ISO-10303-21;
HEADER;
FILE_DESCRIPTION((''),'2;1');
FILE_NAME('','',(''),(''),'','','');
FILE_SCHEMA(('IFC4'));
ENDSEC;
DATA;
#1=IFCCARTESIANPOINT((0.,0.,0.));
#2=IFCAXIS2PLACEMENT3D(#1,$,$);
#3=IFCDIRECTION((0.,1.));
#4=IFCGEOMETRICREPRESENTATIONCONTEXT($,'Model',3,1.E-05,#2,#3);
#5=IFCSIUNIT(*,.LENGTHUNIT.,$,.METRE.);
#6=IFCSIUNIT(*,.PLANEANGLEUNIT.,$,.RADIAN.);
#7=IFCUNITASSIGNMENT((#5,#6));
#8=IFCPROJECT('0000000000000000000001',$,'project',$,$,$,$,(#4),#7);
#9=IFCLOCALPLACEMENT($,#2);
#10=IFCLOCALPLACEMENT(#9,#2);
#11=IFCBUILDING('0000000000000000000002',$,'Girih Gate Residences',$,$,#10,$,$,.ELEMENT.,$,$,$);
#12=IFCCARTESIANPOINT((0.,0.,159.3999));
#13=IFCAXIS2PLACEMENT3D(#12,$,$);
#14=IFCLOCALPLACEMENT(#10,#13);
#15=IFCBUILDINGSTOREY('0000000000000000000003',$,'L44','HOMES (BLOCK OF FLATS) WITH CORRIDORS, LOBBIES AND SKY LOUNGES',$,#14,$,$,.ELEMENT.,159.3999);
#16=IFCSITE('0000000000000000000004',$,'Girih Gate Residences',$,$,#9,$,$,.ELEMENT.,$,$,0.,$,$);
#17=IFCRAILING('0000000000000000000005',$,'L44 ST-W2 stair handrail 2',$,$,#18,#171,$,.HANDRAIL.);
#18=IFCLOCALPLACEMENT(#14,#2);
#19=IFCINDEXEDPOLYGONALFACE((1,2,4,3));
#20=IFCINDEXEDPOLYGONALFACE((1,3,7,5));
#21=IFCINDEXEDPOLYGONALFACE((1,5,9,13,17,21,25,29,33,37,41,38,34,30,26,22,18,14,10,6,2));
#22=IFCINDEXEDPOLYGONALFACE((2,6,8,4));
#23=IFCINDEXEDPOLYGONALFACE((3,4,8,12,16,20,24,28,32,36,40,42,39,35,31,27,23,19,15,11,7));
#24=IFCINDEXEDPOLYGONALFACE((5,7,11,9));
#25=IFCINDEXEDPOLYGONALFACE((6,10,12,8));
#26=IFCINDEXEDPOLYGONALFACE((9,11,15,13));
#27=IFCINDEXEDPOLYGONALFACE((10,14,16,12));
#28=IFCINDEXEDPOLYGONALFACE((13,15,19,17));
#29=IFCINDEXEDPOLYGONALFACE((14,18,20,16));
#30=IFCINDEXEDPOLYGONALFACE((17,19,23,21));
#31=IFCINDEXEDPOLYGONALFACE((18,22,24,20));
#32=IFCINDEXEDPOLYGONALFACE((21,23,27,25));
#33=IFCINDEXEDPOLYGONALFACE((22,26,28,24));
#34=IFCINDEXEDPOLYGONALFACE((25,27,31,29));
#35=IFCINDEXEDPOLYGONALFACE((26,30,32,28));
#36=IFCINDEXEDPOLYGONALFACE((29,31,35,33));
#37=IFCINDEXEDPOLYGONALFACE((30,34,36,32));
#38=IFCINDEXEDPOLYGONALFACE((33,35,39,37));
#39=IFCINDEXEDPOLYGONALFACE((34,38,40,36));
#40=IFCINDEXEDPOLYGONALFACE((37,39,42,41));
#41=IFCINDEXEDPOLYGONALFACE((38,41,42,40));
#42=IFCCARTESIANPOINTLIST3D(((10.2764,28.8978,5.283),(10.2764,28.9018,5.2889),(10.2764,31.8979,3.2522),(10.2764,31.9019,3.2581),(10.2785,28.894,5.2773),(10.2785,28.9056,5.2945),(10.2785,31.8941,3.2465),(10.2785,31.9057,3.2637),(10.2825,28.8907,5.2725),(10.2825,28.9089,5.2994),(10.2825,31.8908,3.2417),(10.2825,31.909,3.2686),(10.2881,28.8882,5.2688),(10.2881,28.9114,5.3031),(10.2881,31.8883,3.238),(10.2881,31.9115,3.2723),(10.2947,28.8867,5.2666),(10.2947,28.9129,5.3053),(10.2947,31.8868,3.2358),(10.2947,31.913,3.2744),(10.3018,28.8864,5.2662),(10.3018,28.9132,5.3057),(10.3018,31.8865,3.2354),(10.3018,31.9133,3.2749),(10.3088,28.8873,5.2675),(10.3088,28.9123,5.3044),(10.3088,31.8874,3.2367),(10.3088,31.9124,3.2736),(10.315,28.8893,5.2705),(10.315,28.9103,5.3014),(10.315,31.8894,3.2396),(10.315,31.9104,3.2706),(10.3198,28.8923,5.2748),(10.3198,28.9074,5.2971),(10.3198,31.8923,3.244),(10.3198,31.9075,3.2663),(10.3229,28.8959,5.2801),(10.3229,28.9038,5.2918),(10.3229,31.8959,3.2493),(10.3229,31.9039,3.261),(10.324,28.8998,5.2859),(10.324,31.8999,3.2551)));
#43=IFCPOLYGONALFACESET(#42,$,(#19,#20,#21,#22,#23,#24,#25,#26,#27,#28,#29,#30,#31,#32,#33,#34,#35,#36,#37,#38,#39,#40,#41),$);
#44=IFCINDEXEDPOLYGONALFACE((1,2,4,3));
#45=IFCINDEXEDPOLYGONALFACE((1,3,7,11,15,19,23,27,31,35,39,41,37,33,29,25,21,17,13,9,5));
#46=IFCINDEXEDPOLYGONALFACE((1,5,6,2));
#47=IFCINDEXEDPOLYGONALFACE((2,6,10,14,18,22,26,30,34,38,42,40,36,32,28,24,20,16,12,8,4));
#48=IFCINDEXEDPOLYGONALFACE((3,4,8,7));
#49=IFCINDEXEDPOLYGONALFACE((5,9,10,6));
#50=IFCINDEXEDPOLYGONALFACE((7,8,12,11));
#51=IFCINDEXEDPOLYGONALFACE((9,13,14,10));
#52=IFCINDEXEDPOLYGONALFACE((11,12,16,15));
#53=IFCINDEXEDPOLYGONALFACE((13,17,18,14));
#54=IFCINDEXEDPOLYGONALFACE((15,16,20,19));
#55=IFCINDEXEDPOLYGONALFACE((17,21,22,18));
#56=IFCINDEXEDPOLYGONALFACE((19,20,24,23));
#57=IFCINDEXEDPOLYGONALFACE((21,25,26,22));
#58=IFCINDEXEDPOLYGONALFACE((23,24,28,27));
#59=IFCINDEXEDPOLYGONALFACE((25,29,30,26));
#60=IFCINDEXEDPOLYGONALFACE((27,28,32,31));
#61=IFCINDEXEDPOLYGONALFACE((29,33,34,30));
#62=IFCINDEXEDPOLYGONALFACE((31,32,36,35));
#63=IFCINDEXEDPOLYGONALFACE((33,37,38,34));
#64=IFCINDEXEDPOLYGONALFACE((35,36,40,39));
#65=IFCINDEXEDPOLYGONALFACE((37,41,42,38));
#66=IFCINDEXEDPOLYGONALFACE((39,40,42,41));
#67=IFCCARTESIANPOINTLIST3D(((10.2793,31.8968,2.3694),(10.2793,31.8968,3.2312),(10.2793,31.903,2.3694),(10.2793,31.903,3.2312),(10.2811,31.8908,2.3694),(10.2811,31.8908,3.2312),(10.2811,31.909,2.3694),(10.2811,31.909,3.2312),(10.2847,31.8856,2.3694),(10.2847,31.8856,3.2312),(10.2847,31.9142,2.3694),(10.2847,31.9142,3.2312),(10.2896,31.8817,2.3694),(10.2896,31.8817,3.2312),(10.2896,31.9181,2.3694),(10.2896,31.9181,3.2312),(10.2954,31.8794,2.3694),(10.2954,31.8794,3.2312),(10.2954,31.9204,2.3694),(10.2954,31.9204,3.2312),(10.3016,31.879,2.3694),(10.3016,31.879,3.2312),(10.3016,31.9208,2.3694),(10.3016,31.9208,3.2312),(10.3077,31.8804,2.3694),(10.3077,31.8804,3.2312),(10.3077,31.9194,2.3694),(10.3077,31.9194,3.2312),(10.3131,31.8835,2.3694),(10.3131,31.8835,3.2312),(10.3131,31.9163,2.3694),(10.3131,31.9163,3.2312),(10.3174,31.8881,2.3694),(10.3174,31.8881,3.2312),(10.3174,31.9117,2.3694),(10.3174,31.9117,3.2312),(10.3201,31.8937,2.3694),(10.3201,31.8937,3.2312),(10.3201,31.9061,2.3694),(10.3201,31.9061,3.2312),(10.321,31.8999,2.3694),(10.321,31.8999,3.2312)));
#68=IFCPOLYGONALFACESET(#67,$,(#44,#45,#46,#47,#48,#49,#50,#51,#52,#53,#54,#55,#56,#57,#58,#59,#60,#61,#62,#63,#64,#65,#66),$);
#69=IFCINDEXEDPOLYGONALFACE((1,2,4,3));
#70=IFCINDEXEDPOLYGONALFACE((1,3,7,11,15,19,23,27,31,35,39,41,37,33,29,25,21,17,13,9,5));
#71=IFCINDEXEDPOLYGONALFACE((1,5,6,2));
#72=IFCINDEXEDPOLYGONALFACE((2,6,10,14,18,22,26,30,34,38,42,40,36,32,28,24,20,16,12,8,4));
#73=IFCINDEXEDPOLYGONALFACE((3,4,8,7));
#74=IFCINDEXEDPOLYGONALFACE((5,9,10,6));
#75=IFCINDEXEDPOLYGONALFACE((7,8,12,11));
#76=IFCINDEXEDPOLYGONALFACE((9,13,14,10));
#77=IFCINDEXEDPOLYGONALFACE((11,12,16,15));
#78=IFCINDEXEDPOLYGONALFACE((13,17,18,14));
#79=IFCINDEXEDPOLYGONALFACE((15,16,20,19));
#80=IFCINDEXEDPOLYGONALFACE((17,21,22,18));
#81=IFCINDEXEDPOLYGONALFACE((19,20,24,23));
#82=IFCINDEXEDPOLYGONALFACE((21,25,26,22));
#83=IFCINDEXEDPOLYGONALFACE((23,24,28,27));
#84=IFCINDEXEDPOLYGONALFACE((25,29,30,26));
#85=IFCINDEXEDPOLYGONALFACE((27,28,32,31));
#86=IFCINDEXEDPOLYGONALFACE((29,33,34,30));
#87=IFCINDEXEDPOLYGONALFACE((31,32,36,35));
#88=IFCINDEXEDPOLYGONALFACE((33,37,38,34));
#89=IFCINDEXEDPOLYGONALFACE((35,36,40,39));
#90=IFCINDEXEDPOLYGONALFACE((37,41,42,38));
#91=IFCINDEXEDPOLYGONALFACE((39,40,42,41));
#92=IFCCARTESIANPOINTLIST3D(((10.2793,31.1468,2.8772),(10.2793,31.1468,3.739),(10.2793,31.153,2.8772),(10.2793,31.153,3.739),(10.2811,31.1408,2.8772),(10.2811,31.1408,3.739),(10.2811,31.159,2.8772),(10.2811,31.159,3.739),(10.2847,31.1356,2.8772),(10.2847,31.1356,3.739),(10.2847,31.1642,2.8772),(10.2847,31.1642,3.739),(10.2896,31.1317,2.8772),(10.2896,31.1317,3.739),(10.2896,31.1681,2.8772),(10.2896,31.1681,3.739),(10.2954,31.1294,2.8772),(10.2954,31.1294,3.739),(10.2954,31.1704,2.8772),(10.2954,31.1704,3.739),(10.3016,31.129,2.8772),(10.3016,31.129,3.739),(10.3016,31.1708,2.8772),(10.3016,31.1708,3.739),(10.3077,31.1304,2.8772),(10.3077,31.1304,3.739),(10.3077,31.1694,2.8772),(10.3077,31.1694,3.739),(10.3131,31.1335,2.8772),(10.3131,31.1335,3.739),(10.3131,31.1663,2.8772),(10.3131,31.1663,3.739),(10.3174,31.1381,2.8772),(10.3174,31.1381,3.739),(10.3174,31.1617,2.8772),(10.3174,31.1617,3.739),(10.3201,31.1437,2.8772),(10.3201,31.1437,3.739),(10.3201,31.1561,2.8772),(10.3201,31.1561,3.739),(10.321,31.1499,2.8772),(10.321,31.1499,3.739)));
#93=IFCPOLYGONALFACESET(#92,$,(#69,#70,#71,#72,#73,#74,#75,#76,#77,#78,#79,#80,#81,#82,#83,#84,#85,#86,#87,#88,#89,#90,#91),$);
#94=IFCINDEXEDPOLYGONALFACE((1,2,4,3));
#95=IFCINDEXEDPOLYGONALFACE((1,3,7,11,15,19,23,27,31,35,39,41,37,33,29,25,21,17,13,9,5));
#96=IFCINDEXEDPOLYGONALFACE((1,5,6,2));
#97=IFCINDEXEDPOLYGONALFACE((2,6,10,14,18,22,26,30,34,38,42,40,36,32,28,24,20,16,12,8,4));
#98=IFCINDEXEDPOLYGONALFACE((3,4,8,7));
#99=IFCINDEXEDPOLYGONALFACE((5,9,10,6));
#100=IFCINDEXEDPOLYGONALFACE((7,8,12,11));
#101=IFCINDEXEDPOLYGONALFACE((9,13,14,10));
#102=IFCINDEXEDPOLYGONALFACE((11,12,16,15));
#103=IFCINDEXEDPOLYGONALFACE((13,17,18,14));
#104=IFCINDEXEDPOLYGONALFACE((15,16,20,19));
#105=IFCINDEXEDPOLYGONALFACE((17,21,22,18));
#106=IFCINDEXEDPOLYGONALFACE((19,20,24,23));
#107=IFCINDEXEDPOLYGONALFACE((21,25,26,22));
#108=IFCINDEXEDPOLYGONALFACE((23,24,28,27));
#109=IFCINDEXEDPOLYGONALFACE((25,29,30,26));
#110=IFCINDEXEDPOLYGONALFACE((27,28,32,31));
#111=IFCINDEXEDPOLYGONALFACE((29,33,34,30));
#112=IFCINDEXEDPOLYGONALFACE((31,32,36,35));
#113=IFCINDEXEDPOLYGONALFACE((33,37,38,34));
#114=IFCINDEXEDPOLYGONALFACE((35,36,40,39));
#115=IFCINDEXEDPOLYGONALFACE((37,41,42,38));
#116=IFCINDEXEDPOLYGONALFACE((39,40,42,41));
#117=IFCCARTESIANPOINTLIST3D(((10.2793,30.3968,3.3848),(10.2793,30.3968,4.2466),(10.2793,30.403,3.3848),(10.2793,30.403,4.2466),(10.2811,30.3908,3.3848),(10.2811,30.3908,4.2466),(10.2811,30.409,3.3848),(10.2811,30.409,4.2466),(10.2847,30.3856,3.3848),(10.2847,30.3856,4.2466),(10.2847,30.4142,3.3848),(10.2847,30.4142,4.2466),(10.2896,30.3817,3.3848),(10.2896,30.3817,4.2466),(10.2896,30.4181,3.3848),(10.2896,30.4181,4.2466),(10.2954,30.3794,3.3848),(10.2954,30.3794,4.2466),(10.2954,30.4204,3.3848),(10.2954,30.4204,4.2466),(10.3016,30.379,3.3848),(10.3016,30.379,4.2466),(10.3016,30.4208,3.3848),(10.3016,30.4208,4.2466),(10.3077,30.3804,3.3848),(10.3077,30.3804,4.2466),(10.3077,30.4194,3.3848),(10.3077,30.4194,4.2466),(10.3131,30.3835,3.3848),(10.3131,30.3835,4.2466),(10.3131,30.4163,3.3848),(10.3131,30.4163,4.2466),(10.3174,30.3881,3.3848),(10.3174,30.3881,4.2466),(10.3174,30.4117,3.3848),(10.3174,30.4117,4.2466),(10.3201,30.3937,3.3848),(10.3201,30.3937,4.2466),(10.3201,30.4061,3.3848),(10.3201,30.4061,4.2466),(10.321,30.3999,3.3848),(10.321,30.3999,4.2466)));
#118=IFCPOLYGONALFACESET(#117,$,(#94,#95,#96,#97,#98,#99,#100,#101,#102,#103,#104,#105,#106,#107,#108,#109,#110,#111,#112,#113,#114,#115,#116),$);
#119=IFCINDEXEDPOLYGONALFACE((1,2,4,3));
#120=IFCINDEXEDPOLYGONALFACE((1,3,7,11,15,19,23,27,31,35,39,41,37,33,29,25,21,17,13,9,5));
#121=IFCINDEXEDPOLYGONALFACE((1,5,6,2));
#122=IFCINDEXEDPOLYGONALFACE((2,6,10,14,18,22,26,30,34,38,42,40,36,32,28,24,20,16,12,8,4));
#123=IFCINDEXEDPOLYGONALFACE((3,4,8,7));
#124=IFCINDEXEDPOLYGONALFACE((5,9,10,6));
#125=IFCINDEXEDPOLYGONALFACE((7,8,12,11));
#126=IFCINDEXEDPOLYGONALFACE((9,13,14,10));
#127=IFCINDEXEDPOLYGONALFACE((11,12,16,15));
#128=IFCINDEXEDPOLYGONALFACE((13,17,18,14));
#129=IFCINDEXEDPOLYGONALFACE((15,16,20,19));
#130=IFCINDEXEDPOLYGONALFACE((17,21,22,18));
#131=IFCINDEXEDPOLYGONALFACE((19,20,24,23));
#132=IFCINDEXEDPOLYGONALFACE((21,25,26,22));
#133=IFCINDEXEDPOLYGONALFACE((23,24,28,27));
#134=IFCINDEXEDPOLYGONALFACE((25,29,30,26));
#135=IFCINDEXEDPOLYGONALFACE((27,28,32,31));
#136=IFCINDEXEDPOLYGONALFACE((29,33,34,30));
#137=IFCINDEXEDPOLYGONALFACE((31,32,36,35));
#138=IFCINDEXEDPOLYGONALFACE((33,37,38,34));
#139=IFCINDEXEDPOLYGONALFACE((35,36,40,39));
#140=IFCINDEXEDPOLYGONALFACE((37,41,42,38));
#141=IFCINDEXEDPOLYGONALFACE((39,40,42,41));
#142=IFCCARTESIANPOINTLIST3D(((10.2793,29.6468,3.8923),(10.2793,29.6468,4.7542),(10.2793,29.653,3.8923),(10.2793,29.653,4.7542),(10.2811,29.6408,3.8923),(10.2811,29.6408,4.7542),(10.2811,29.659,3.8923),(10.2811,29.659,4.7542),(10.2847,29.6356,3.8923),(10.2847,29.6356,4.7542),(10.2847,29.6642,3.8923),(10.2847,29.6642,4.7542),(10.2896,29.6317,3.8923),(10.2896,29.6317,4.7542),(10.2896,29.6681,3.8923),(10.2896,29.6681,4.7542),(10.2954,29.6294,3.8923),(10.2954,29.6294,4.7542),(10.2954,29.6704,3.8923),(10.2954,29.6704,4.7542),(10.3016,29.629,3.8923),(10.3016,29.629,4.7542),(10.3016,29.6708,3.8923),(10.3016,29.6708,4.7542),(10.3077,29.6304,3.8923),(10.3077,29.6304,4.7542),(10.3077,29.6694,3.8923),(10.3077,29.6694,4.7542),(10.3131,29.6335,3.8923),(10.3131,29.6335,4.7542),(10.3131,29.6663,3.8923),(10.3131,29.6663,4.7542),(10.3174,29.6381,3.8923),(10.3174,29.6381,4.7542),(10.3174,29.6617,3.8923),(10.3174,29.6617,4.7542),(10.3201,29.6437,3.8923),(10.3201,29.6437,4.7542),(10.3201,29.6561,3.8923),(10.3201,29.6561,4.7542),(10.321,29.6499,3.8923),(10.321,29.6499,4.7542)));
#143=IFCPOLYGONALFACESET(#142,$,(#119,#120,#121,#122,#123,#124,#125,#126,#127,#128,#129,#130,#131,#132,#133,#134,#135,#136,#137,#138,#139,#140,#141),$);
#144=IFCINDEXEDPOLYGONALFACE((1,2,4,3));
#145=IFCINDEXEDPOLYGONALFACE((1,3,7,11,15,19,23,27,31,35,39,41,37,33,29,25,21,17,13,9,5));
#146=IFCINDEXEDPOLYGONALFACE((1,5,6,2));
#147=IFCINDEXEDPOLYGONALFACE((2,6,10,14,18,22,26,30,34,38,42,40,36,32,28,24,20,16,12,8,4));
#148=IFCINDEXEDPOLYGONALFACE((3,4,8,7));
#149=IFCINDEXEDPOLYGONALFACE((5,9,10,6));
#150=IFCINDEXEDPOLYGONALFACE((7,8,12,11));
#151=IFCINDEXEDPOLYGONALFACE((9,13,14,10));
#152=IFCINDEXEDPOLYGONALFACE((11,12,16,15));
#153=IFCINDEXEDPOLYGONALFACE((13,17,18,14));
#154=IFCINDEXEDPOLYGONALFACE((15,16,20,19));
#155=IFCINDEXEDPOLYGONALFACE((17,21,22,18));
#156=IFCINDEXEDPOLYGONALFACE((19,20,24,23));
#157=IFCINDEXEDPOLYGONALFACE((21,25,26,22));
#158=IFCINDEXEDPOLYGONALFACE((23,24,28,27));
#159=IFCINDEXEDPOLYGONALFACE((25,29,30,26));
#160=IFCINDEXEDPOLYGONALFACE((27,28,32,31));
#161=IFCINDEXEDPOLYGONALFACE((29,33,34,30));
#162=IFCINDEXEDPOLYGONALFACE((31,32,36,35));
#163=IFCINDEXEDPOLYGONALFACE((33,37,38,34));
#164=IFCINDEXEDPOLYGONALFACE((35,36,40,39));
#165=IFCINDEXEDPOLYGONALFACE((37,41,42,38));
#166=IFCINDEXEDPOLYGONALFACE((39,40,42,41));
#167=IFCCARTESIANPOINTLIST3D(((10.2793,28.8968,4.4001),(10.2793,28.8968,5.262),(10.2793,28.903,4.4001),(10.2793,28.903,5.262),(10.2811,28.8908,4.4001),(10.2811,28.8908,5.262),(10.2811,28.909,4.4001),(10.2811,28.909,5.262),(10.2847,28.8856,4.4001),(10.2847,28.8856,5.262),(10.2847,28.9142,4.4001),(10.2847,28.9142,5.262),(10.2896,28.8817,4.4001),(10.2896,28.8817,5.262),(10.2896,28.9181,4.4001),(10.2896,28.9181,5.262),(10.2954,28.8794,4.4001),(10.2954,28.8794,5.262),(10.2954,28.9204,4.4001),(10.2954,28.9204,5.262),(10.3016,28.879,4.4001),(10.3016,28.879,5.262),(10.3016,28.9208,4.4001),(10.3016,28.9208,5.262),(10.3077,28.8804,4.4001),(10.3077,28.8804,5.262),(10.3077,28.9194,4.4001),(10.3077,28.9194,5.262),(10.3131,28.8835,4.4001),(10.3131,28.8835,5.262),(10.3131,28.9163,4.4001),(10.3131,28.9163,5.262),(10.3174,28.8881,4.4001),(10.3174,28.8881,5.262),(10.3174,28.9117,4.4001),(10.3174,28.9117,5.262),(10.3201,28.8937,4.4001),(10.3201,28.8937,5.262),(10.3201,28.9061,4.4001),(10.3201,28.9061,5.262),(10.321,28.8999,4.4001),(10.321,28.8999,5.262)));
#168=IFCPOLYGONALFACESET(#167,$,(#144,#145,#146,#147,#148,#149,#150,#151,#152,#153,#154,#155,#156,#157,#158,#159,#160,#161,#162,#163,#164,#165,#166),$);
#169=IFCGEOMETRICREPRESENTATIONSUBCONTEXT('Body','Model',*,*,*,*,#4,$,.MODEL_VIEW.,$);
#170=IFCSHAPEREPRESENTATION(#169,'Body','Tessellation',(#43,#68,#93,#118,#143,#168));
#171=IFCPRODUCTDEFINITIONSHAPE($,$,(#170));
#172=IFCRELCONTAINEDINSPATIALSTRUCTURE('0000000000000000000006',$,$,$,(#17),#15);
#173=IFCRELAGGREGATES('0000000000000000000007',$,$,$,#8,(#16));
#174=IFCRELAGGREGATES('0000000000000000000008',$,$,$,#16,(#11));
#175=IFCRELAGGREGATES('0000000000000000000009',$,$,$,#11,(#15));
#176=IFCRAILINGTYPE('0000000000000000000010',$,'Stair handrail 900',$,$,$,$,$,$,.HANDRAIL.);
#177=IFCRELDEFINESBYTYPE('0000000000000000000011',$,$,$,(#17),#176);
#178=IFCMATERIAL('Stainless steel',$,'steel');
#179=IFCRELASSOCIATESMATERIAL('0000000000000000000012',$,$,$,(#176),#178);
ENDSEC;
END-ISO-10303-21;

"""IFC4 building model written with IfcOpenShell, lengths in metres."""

from ifc_helpers import new_model, si_unit, direction, frame, origin, origin_2d, place, context, subcontext, project, spatial, circle, extrude, material, type_object, element, save


model = new_model("IFC4")

# Units and contexts
model_context = context("Model", 3, precision=1e-05, world=origin(), true_north=direction((0.0, 1.0)))
body_context = subcontext(model_context, "Body", "Model", "MODEL_VIEW")
ifc_project = project(units=[si_unit("LENGTHUNIT", "METRE"), si_unit("PLANEANGLEUNIT", "RADIAN")], contexts=[model_context])

# Site, building, storey
site_placement = place(None, origin())
site = spatial("IfcSite", under=ifc_project, at=site_placement, Name="Girih Gate Residences", CompositionType="ELEMENT", RefElevation=0.0)
building_placement = place(site_placement, origin())
building = spatial("IfcBuilding", under=site, at=building_placement, Name="Girih Gate Residences", CompositionType="ELEMENT")
storey_placement = place(building_placement, frame((0.0, 0.0, 159.3999)))
storey = spatial("IfcBuildingStorey", under=building, at=storey_placement, Name="L44", Description="HOMES (BLOCK OF FLATS) WITH CORRIDORS, LOBBIES AND SKY LOUNGES", CompositionType="ELEMENT", Elevation=159.3999)

# Railing
ifc_material_1 = material(Name="Stainless steel", Category="steel")
railing_type_1 = type_object("IfcRailingType", Name="Stair handrail 900", PredefinedType="HANDRAIL", material=ifc_material_1)
railing_1_placement = place(storey_placement, frame((10.3, 31.8999, 2.3694)))
element("IfcRailing", 1, at=railing_1_placement, inside=storey, type_object=railing_type_1, Name="L44 ST-W2 stair handrail 2", PredefinedType="HANDRAIL", context=body_context, shape_type="SweptSolid", body=[
    extrude(circle(Radius=0.0239, at=origin_2d()), frame((0.0, 0.0, 0.8857), z_axis=(0.0, -0.82811, 0.560565), x_axis=(1.0, 0.0, 0.0)), (0.0, 0.0, 1.0), 3.6228),
    extrude(circle(Radius=0.021, at=origin_2d()), origin(), (0.0, 0.0, 1.0), 0.8618),
    extrude(circle(Radius=0.021, at=origin_2d()), frame((0.0, -0.75, 0.5078)), (0.0, 0.0, 1.0), 0.8618),
    extrude(circle(Radius=0.021, at=origin_2d()), frame((0.0, -1.5, 1.0154)), (0.0, 0.0, 1.0), 0.8618),
    extrude(circle(Radius=0.021, at=origin_2d()), frame((0.0, -2.25, 1.5229)), (0.0, 0.0, 1.0), 0.8618),
    extrude(circle(Radius=0.021, at=origin_2d()), frame((0.0, -3.0, 2.0308)), (0.0, 0.0, 1.0), 0.8618),
])

save(model, "model.ifc")
